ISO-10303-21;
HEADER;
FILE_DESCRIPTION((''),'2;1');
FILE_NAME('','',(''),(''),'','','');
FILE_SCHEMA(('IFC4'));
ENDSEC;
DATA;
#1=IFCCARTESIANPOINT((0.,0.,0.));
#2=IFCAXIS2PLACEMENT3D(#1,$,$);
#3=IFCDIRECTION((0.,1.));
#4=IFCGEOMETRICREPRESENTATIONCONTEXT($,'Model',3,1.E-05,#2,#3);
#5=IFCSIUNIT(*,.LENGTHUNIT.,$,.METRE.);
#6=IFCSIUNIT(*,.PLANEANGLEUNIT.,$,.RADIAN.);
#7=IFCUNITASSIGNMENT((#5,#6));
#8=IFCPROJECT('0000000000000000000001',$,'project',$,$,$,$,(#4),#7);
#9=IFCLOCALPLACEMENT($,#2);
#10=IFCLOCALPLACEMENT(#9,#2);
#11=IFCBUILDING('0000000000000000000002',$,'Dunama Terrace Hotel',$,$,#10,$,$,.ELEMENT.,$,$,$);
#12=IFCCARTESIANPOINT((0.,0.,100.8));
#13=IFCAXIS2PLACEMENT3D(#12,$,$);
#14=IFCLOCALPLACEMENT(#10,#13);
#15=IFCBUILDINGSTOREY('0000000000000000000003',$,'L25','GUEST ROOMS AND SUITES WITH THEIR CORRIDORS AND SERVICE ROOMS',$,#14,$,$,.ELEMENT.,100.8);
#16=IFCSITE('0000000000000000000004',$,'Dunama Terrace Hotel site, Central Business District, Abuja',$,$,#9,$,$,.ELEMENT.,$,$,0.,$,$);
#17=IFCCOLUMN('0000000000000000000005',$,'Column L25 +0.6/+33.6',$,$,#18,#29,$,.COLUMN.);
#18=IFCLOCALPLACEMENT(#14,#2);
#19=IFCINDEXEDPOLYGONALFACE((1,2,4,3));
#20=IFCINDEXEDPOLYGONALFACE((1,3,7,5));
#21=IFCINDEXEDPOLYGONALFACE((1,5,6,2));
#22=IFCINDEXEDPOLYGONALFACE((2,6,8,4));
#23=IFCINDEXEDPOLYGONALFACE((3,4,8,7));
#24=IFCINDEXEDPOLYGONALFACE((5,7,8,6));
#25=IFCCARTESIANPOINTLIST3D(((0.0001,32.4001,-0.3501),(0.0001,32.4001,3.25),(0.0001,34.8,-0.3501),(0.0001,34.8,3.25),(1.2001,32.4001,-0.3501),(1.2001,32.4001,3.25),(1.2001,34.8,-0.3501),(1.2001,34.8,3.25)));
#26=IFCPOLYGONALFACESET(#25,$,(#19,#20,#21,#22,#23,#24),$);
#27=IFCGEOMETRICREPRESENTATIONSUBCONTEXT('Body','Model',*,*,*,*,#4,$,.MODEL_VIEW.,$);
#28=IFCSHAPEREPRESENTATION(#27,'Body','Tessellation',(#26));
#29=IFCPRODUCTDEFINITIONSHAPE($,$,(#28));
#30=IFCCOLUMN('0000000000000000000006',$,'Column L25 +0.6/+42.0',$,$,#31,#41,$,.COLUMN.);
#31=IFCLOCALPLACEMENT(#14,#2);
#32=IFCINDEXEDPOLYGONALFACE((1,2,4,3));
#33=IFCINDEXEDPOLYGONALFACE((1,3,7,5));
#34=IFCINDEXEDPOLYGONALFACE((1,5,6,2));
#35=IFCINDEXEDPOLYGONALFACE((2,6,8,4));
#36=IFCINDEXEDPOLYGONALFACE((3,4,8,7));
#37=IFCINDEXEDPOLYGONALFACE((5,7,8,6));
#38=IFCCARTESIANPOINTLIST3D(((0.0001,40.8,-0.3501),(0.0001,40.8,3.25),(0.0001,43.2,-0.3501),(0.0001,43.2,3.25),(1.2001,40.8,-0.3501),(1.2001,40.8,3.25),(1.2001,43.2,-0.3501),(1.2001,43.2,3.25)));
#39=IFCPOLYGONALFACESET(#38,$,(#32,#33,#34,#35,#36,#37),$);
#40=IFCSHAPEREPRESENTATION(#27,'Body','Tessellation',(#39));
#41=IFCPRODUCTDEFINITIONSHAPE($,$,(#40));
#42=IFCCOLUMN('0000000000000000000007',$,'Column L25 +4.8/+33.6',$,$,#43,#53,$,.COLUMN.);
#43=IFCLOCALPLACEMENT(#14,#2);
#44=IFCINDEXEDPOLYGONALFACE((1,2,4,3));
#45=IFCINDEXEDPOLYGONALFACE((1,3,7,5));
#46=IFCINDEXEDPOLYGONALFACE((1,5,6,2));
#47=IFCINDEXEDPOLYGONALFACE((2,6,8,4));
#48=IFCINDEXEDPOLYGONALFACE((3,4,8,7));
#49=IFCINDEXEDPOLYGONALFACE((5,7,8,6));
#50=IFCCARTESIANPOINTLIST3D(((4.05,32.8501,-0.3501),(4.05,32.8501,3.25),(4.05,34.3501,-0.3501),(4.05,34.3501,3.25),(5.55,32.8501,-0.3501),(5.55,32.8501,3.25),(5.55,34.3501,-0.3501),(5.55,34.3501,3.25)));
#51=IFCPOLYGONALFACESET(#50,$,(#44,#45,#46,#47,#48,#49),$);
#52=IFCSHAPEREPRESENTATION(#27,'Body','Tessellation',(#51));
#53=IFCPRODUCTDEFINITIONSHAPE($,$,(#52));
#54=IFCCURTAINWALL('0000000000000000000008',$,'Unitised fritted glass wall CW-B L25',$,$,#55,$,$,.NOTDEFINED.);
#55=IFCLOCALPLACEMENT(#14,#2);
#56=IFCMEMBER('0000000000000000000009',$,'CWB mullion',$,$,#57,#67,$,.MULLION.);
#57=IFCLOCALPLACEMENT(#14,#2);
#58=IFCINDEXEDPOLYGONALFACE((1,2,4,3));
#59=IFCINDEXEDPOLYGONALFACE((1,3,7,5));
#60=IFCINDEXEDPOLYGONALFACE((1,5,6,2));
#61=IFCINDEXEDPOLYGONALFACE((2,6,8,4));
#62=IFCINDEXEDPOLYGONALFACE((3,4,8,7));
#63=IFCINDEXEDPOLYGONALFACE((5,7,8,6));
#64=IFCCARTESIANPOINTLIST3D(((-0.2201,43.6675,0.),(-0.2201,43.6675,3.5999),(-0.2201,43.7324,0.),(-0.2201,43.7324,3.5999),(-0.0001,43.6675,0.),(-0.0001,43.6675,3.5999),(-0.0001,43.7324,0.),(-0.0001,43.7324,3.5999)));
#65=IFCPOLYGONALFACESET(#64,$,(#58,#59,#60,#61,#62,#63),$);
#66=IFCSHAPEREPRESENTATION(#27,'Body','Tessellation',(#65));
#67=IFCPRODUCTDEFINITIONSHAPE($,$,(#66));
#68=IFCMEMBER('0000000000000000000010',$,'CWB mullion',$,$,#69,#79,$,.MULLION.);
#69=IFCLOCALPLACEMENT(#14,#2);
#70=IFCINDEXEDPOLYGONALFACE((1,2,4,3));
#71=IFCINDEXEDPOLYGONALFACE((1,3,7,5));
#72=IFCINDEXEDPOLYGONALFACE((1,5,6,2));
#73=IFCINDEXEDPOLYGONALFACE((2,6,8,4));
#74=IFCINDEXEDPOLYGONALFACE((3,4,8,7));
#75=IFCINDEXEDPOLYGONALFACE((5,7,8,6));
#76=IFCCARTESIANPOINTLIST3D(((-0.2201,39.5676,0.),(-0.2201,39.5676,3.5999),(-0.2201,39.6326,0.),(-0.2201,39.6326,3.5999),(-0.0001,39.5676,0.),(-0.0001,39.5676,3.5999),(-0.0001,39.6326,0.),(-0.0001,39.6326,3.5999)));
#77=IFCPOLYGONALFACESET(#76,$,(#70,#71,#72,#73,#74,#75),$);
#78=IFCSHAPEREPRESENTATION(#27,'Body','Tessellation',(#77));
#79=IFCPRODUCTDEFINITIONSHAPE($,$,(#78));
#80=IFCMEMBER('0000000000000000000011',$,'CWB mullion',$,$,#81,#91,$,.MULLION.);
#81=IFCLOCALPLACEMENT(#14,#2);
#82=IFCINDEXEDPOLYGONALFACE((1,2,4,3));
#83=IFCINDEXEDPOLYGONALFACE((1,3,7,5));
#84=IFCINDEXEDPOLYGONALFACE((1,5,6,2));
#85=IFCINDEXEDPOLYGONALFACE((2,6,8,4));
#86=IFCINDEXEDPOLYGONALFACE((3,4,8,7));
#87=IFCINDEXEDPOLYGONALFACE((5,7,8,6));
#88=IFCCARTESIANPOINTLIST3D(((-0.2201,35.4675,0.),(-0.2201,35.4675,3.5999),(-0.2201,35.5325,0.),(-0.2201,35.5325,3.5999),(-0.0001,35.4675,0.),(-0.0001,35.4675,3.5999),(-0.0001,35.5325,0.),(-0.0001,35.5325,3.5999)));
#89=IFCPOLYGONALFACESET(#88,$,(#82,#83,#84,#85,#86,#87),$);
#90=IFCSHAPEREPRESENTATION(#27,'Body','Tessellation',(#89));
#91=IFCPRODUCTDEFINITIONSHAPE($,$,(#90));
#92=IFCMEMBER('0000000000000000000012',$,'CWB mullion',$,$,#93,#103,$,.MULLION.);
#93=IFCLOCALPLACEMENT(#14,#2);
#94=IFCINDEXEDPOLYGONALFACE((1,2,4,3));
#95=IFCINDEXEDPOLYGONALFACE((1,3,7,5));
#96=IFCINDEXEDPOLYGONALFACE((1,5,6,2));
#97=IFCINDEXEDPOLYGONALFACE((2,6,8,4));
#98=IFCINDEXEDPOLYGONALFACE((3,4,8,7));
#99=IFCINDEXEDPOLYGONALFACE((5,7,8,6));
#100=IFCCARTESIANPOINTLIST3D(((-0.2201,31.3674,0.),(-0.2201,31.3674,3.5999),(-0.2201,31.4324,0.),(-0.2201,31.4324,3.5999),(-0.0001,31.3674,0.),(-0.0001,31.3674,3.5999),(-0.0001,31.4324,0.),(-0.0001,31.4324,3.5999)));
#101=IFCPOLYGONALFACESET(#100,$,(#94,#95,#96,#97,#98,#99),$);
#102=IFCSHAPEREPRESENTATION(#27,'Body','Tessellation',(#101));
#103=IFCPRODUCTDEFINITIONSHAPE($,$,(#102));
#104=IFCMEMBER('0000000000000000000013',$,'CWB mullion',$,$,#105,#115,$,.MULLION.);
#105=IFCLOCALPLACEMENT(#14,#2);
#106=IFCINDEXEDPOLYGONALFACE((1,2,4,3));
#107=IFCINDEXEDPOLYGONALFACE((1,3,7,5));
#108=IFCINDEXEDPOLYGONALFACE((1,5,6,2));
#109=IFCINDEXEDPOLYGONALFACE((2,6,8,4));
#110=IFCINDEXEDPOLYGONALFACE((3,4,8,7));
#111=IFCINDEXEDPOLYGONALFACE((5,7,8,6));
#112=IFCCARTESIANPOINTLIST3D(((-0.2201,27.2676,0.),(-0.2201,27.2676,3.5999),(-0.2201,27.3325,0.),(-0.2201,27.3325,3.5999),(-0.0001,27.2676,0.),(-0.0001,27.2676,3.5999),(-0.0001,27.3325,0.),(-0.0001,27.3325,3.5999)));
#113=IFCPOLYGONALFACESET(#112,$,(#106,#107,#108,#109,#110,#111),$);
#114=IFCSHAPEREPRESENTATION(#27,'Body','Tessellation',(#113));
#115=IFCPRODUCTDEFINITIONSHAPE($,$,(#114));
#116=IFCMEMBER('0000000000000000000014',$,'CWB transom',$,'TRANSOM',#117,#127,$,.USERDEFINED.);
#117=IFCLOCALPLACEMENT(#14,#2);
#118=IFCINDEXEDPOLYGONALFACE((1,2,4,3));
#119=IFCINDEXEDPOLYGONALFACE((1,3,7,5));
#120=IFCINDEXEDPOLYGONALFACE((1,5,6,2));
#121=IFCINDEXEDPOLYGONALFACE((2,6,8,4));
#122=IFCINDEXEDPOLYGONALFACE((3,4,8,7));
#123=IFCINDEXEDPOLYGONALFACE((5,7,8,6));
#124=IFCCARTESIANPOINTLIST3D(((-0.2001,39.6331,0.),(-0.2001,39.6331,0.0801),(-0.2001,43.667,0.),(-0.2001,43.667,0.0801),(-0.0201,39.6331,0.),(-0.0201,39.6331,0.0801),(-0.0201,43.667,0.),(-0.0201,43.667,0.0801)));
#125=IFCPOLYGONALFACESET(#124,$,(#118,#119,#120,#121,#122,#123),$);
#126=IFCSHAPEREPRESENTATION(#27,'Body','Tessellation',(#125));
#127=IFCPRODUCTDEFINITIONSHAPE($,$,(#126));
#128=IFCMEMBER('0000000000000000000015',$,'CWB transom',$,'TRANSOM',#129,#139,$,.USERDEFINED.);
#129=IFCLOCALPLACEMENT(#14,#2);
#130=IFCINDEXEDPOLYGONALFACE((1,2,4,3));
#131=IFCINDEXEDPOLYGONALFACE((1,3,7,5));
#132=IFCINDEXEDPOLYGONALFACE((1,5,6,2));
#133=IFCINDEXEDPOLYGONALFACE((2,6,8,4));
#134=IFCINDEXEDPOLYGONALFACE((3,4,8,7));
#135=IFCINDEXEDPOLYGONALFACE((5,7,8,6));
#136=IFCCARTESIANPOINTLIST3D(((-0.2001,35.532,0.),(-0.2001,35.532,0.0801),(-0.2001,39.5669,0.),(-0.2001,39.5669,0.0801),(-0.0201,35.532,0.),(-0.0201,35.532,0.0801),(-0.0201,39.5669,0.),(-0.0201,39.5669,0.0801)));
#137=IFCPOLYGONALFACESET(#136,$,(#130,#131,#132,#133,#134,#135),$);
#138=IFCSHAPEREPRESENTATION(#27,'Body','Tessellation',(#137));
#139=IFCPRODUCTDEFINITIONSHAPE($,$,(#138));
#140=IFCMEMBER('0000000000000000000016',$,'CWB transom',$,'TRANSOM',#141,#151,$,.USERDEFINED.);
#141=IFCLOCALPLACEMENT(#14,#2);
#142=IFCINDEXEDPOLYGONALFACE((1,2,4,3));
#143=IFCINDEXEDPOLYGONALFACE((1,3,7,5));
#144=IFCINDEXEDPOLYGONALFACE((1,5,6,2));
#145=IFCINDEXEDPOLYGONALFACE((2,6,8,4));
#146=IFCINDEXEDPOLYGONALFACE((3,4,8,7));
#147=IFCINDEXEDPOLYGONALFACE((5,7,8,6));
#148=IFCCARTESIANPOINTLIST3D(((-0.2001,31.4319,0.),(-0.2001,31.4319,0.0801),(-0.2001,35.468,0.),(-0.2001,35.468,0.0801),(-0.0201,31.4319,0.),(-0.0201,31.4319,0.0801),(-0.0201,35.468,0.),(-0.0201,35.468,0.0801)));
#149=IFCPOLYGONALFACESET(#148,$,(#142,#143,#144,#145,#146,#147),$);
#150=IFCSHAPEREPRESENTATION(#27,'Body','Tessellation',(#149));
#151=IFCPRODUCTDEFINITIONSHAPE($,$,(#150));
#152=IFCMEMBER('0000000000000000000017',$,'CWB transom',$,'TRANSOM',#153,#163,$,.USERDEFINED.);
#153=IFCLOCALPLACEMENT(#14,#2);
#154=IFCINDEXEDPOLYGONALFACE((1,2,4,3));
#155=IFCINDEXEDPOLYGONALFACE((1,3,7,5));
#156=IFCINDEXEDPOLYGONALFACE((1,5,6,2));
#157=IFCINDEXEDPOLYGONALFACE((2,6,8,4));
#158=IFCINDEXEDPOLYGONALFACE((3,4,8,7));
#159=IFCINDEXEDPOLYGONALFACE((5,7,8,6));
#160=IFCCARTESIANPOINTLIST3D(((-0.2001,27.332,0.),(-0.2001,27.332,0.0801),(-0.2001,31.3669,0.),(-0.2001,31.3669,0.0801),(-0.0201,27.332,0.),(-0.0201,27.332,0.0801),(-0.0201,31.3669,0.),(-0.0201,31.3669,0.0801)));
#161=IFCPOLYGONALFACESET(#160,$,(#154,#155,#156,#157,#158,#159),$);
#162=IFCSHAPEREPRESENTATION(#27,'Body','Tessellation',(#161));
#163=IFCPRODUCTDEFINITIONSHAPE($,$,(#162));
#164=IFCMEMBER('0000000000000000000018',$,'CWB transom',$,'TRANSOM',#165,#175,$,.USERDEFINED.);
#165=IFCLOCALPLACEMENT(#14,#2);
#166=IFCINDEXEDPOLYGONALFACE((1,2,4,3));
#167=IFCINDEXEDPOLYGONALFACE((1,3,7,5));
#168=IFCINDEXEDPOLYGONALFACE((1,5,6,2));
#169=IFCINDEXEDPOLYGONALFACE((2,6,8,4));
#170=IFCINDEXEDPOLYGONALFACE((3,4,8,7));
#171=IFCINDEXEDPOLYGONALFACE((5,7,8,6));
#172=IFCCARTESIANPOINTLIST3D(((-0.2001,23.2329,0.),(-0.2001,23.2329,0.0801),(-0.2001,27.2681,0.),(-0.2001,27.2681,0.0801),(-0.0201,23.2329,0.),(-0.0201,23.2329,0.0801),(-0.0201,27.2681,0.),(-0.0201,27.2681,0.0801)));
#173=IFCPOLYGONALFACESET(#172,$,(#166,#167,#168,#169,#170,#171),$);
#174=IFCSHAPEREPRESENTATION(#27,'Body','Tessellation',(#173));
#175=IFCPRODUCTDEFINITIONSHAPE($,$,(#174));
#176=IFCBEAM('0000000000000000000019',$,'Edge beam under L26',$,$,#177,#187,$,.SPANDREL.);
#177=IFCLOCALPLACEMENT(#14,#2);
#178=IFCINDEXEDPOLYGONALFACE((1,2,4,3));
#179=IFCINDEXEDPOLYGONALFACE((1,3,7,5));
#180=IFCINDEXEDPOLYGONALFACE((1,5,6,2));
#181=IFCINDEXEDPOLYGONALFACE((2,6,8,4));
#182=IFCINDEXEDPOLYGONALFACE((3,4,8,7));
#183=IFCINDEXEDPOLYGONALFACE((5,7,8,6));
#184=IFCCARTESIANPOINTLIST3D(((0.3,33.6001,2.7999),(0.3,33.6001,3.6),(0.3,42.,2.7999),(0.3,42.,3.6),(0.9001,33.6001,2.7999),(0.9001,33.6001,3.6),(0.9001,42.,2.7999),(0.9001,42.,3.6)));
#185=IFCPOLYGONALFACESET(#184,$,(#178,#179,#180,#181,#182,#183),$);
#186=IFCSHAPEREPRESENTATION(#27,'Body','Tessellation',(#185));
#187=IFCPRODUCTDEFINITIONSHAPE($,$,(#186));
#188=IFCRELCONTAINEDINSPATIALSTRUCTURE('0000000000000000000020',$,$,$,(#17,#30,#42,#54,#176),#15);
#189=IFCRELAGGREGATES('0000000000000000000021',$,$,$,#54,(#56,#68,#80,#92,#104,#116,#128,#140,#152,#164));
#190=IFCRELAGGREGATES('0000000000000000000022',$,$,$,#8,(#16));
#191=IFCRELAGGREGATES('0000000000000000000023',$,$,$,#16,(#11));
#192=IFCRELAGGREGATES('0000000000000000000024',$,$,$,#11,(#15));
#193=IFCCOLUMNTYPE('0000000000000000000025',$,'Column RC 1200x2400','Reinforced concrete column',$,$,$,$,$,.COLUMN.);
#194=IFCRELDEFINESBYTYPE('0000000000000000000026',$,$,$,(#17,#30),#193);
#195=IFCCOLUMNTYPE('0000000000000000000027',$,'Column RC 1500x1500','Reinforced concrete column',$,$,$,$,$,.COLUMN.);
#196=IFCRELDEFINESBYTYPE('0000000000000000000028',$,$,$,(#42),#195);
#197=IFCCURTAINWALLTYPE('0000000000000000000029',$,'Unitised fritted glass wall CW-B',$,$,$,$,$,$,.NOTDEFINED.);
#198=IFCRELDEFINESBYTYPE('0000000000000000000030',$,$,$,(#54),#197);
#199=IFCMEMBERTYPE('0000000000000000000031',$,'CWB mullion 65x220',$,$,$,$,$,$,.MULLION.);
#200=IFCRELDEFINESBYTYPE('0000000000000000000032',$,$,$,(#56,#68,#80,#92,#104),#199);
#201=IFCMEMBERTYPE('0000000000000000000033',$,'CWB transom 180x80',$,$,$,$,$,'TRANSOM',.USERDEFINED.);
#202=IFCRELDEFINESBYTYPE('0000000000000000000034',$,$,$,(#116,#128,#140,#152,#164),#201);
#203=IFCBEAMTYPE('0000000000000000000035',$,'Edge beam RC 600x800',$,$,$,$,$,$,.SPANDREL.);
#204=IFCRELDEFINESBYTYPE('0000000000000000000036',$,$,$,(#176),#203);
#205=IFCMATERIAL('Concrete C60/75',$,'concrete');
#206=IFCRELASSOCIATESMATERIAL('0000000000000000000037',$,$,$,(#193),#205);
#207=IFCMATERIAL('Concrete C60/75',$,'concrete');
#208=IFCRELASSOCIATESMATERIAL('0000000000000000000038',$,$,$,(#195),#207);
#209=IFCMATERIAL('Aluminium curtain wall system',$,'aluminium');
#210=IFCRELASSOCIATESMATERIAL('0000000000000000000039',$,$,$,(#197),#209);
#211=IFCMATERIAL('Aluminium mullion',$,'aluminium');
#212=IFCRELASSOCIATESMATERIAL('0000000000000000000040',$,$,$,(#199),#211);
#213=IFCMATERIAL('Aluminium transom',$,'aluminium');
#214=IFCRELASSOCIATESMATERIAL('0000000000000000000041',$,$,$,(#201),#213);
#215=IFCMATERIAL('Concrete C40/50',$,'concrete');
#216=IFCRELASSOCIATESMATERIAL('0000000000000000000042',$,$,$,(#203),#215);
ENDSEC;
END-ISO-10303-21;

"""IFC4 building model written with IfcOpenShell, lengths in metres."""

from ifc_helpers import new_model, si_unit, direction, frame, origin, origin_2d, place, context, subcontext, project, spatial, rectangle, extrude, material, material_profile, profile_set, type_object, element, aggregate, save


model = new_model("IFC4")

# Units and contexts
model_context = context("Model", 3, precision=1e-05, world=origin(), true_north=direction((0.0, 1.0)))
body_context = subcontext(model_context, "Body", "Model", "MODEL_VIEW")
ifc_project = project(units=[si_unit("LENGTHUNIT", "METRE"), si_unit("PLANEANGLEUNIT", "RADIAN")], contexts=[model_context])

# Site, building, storey
site_placement = place(None, origin())
site = spatial("IfcSite", under=ifc_project, at=site_placement, Name="Dunama Terrace Hotel site, Central Business District, Abuja", CompositionType="ELEMENT", RefElevation=0.0)
building_placement = place(site_placement, origin())
building = spatial("IfcBuilding", under=site, at=building_placement, Name="Dunama Terrace Hotel", CompositionType="ELEMENT")
storey_placement = place(building_placement, frame((0.0, 0.0, 100.8)))
storey = spatial("IfcBuildingStorey", under=building, at=storey_placement, Name="L25", Description="GUEST ROOMS AND SUITES WITH THEIR CORRIDORS AND SERVICE ROOMS", CompositionType="ELEMENT", Elevation=100.8)

# Columns
ifc_material_1 = material(Name="Concrete C60/75", Category="concrete")
ifc_material_profile_1 = material_profile(ifc_material_1, rectangle(XDim=1.2, YDim=2.3999, at=origin_2d()), Name="RC 1200x2400")
ifc_profile_set_1 = profile_set([ifc_material_profile_1], Name="Concrete C60/75")
column_type_1 = type_object("IfcColumnType", Name="Column RC 1200x2400", Description="Reinforced concrete column", PredefinedType="COLUMN", material=ifc_profile_set_1)
for number, where, z_axis, x_axis, name in (
    (1, (0.6001, 33.6001, -0.3501), (0.0, 0.0, 1.0), (1.0, 0.0, 0.0), "Column L25 +0.6/+33.6"),
    (2, (0.6001, 42.0, -0.3501), (0.0, 0.0, 1.0), (1.0, 0.0, 0.0), "Column L25 +0.6/+42.0"),
):
    element("IfcColumn", number, at=place(storey_placement, frame(where, z_axis=z_axis, x_axis=x_axis)), inside=storey, type_object=column_type_1, Name=name, PredefinedType="COLUMN", context=body_context, shape_type="SweptSolid", body=[
        extrude(rectangle(XDim=1.2, YDim=2.3999, at=origin_2d()), origin(), (0.0, 0.0, 1.0), 3.6001),
    ])
ifc_material_2 = material(Name="Concrete C60/75", Category="concrete")
ifc_material_profile_2 = material_profile(ifc_material_2, rectangle(XDim=1.5, YDim=1.5, at=origin_2d()), Name="RC 1500x1500")
ifc_profile_set_2 = profile_set([ifc_material_profile_2], Name="Concrete C60/75")
column_type_2 = type_object("IfcColumnType", Name="Column RC 1500x1500", Description="Reinforced concrete column", PredefinedType="COLUMN", material=ifc_profile_set_2)
column_placement = place(storey_placement, frame((4.8, 33.6001, -0.3501), z_axis=(0.0, 0.0, 1.0), x_axis=(1.0, 0.0, 0.0)))
element("IfcColumn", 3, at=column_placement, inside=storey, type_object=column_type_2, Name="Column L25 +4.8/+33.6", PredefinedType="COLUMN", context=body_context, shape_type="SweptSolid", body=[
    extrude(rectangle(XDim=1.5, YDim=1.5, at=origin_2d()), origin(), (0.0, 0.0, 1.0), 3.6001),
])

# Curtain wall, members
ifc_material_3 = material(Name="Aluminium curtain wall system", Category="aluminium")
curtain_wall_type = type_object("IfcCurtainWallType", Name="Unitised fritted glass wall CW-B", PredefinedType="NOTDEFINED", material=ifc_material_3)
curtain_wall_placement = place(storey_placement, origin())
curtain_wall = element("IfcCurtainWall", 4, at=curtain_wall_placement, inside=storey, type_object=curtain_wall_type, Name="Unitised fritted glass wall CW-B L25", PredefinedType="NOTDEFINED")
ifc_material_4 = material(Name="Aluminium mullion", Category="aluminium")
ifc_material_profile_3 = material_profile(ifc_material_4, rectangle(XDim=0.0649, YDim=0.22, at=origin_2d()), Name="CWB MULLION 65X220")
ifc_profile_set_3 = profile_set([ifc_material_profile_3], Name="Aluminium mullion")
member_type_1 = type_object("IfcMemberType", Name="CWB mullion 65x220", PredefinedType="MULLION", material=ifc_profile_set_3)
member_1_placement = place(storey_placement, frame((-0.1101, 43.7, 0.0), z_axis=(0.0, 0.0, 1.0), x_axis=(0.0, -1.0, 0.0)))
member_1 = element("IfcMember", 5, at=member_1_placement, type_object=member_type_1, Name="CWB mullion", PredefinedType="MULLION", context=body_context, shape_type="SweptSolid", body=[
    extrude(rectangle(XDim=0.0649, YDim=0.22, at=origin_2d()), origin(), (0.0, 0.0, 1.0), 3.5999),
])
member_2_placement = place(storey_placement, frame((-0.1101, 39.6001, 0.0), z_axis=(0.0, 0.0, 1.0), x_axis=(0.0, -1.0, 0.0)))
member_2 = element("IfcMember", 6, at=member_2_placement, type_object=member_type_1, Name="CWB mullion", PredefinedType="MULLION", context=body_context, shape_type="SweptSolid", body=[
    extrude(rectangle(XDim=0.0649, YDim=0.22, at=origin_2d()), origin(), (0.0, 0.0, 1.0), 3.5999),
])
member_3_placement = place(storey_placement, frame((-0.1101, 35.5, 0.0), z_axis=(0.0, 0.0, 1.0), x_axis=(0.0, -1.0, 0.0)))
member_3 = element("IfcMember", 7, at=member_3_placement, type_object=member_type_1, Name="CWB mullion", PredefinedType="MULLION", context=body_context, shape_type="SweptSolid", body=[
    extrude(rectangle(XDim=0.0649, YDim=0.22, at=origin_2d()), origin(), (0.0, 0.0, 1.0), 3.5999),
])
member_4_placement = place(storey_placement, frame((-0.1101, 31.3999, 0.0), z_axis=(0.0, 0.0, 1.0), x_axis=(0.0, -1.0, 0.0)))
member_4 = element("IfcMember", 8, at=member_4_placement, type_object=member_type_1, Name="CWB mullion", PredefinedType="MULLION", context=body_context, shape_type="SweptSolid", body=[
    extrude(rectangle(XDim=0.0649, YDim=0.22, at=origin_2d()), origin(), (0.0, 0.0, 1.0), 3.5999),
])
member_5_placement = place(storey_placement, frame((-0.1101, 27.3, 0.0), z_axis=(0.0, 0.0, 1.0), x_axis=(0.0, -1.0, 0.0)))
member_5 = element("IfcMember", 9, at=member_5_placement, type_object=member_type_1, Name="CWB mullion", PredefinedType="MULLION", context=body_context, shape_type="SweptSolid", body=[
    extrude(rectangle(XDim=0.0649, YDim=0.22, at=origin_2d()), origin(), (0.0, 0.0, 1.0), 3.5999),
])
ifc_material_5 = material(Name="Aluminium transom", Category="aluminium")
ifc_material_profile_4 = material_profile(ifc_material_5, rectangle(XDim=0.1799, YDim=0.0801, at=origin_2d()), Name="CWB TRANSOM 180X80")
ifc_profile_set_4 = profile_set([ifc_material_profile_4], Name="Aluminium transom")
member_type_2 = type_object("IfcMemberType", Name="CWB transom 180x80", ElementType="TRANSOM", PredefinedType="USERDEFINED", material=ifc_profile_set_4)
member_6_placement = place(storey_placement, frame((-0.1101, 43.667, 0.04), z_axis=(0.0, -1.0, 0.0), x_axis=(1.0, 0.0, 0.0)))
member_6 = element("IfcMember", 10, at=member_6_placement, type_object=member_type_2, Name="CWB transom", ObjectType="TRANSOM", PredefinedType="USERDEFINED", context=body_context, shape_type="SweptSolid", body=[
    extrude(rectangle(XDim=0.1799, YDim=0.0801, at=origin_2d()), origin(), (0.0, 0.0, 1.0), 4.0339),
])
member_7_placement = place(storey_placement, frame((-0.1101, 39.5669, 0.04), z_axis=(0.0, -1.0, 0.0), x_axis=(1.0, 0.0, 0.0)))
member_7 = element("IfcMember", 11, at=member_7_placement, type_object=member_type_2, Name="CWB transom", ObjectType="TRANSOM", PredefinedType="USERDEFINED", context=body_context, shape_type="SweptSolid", body=[
    extrude(rectangle(XDim=0.1799, YDim=0.0801, at=origin_2d()), origin(), (0.0, 0.0, 1.0), 4.0349),
])
member_8_placement = place(storey_placement, frame((-0.1101, 35.468, 0.04), z_axis=(0.0, -1.0, 0.0), x_axis=(1.0, 0.0, 0.0)))
member_8 = element("IfcMember", 12, at=member_8_placement, type_object=member_type_2, Name="CWB transom", ObjectType="TRANSOM", PredefinedType="USERDEFINED", context=body_context, shape_type="SweptSolid", body=[
    extrude(rectangle(XDim=0.1799, YDim=0.0801, at=origin_2d()), origin(), (0.0, 0.0, 1.0), 4.0361),
])
member_9_placement = place(storey_placement, frame((-0.1101, 31.3669, 0.04), z_axis=(0.0, -1.0, 0.0), x_axis=(1.0, 0.0, 0.0)))
member_9 = element("IfcMember", 13, at=member_9_placement, type_object=member_type_2, Name="CWB transom", ObjectType="TRANSOM", PredefinedType="USERDEFINED", context=body_context, shape_type="SweptSolid", body=[
    extrude(rectangle(XDim=0.1799, YDim=0.0801, at=origin_2d()), origin(), (0.0, 0.0, 1.0), 4.0349),
])
member_10_placement = place(storey_placement, frame((-0.1101, 27.2681, 0.04), z_axis=(0.0, -1.0, 0.0), x_axis=(1.0, 0.0, 0.0)))
member_10 = element("IfcMember", 14, at=member_10_placement, type_object=member_type_2, Name="CWB transom", ObjectType="TRANSOM", PredefinedType="USERDEFINED", context=body_context, shape_type="SweptSolid", body=[
    extrude(rectangle(XDim=0.1799, YDim=0.0801, at=origin_2d()), origin(), (0.0, 0.0, 1.0), 4.0352),
])

# Beam
ifc_material_6 = material(Name="Concrete C40/50", Category="concrete")
ifc_material_profile_5 = material_profile(ifc_material_6, rectangle(XDim=0.6001, YDim=0.8, at=origin_2d()), Name="RC 600x800")
ifc_profile_set_5 = profile_set([ifc_material_profile_5], Name="Concrete C40/50")
beam_type = type_object("IfcBeamType", Name="Edge beam RC 600x800", PredefinedType="SPANDREL", material=ifc_profile_set_5)
for number, where, z_axis, x_axis, name in (
    (15, (0.6001, 33.6001, 3.2), (0.0, 1.0, 0.0), (-1.0, 0.0, 0.0), "Edge beam under L26"),
):
    element("IfcBeam", number, at=place(storey_placement, frame(where, z_axis=z_axis, x_axis=x_axis)), inside=storey, type_object=beam_type, Name=name, PredefinedType="SPANDREL", context=body_context, shape_type="SweptSolid", body=[
        extrude(rectangle(XDim=0.6001, YDim=0.8, at=origin_2d()), origin(), (0.0, 0.0, 1.0), 8.3999),
    ])

aggregate(curtain_wall, [member_1, member_2, member_3, member_4, member_5, member_6, member_7, member_8, member_9, member_10])

save(model, "model.ifc")
